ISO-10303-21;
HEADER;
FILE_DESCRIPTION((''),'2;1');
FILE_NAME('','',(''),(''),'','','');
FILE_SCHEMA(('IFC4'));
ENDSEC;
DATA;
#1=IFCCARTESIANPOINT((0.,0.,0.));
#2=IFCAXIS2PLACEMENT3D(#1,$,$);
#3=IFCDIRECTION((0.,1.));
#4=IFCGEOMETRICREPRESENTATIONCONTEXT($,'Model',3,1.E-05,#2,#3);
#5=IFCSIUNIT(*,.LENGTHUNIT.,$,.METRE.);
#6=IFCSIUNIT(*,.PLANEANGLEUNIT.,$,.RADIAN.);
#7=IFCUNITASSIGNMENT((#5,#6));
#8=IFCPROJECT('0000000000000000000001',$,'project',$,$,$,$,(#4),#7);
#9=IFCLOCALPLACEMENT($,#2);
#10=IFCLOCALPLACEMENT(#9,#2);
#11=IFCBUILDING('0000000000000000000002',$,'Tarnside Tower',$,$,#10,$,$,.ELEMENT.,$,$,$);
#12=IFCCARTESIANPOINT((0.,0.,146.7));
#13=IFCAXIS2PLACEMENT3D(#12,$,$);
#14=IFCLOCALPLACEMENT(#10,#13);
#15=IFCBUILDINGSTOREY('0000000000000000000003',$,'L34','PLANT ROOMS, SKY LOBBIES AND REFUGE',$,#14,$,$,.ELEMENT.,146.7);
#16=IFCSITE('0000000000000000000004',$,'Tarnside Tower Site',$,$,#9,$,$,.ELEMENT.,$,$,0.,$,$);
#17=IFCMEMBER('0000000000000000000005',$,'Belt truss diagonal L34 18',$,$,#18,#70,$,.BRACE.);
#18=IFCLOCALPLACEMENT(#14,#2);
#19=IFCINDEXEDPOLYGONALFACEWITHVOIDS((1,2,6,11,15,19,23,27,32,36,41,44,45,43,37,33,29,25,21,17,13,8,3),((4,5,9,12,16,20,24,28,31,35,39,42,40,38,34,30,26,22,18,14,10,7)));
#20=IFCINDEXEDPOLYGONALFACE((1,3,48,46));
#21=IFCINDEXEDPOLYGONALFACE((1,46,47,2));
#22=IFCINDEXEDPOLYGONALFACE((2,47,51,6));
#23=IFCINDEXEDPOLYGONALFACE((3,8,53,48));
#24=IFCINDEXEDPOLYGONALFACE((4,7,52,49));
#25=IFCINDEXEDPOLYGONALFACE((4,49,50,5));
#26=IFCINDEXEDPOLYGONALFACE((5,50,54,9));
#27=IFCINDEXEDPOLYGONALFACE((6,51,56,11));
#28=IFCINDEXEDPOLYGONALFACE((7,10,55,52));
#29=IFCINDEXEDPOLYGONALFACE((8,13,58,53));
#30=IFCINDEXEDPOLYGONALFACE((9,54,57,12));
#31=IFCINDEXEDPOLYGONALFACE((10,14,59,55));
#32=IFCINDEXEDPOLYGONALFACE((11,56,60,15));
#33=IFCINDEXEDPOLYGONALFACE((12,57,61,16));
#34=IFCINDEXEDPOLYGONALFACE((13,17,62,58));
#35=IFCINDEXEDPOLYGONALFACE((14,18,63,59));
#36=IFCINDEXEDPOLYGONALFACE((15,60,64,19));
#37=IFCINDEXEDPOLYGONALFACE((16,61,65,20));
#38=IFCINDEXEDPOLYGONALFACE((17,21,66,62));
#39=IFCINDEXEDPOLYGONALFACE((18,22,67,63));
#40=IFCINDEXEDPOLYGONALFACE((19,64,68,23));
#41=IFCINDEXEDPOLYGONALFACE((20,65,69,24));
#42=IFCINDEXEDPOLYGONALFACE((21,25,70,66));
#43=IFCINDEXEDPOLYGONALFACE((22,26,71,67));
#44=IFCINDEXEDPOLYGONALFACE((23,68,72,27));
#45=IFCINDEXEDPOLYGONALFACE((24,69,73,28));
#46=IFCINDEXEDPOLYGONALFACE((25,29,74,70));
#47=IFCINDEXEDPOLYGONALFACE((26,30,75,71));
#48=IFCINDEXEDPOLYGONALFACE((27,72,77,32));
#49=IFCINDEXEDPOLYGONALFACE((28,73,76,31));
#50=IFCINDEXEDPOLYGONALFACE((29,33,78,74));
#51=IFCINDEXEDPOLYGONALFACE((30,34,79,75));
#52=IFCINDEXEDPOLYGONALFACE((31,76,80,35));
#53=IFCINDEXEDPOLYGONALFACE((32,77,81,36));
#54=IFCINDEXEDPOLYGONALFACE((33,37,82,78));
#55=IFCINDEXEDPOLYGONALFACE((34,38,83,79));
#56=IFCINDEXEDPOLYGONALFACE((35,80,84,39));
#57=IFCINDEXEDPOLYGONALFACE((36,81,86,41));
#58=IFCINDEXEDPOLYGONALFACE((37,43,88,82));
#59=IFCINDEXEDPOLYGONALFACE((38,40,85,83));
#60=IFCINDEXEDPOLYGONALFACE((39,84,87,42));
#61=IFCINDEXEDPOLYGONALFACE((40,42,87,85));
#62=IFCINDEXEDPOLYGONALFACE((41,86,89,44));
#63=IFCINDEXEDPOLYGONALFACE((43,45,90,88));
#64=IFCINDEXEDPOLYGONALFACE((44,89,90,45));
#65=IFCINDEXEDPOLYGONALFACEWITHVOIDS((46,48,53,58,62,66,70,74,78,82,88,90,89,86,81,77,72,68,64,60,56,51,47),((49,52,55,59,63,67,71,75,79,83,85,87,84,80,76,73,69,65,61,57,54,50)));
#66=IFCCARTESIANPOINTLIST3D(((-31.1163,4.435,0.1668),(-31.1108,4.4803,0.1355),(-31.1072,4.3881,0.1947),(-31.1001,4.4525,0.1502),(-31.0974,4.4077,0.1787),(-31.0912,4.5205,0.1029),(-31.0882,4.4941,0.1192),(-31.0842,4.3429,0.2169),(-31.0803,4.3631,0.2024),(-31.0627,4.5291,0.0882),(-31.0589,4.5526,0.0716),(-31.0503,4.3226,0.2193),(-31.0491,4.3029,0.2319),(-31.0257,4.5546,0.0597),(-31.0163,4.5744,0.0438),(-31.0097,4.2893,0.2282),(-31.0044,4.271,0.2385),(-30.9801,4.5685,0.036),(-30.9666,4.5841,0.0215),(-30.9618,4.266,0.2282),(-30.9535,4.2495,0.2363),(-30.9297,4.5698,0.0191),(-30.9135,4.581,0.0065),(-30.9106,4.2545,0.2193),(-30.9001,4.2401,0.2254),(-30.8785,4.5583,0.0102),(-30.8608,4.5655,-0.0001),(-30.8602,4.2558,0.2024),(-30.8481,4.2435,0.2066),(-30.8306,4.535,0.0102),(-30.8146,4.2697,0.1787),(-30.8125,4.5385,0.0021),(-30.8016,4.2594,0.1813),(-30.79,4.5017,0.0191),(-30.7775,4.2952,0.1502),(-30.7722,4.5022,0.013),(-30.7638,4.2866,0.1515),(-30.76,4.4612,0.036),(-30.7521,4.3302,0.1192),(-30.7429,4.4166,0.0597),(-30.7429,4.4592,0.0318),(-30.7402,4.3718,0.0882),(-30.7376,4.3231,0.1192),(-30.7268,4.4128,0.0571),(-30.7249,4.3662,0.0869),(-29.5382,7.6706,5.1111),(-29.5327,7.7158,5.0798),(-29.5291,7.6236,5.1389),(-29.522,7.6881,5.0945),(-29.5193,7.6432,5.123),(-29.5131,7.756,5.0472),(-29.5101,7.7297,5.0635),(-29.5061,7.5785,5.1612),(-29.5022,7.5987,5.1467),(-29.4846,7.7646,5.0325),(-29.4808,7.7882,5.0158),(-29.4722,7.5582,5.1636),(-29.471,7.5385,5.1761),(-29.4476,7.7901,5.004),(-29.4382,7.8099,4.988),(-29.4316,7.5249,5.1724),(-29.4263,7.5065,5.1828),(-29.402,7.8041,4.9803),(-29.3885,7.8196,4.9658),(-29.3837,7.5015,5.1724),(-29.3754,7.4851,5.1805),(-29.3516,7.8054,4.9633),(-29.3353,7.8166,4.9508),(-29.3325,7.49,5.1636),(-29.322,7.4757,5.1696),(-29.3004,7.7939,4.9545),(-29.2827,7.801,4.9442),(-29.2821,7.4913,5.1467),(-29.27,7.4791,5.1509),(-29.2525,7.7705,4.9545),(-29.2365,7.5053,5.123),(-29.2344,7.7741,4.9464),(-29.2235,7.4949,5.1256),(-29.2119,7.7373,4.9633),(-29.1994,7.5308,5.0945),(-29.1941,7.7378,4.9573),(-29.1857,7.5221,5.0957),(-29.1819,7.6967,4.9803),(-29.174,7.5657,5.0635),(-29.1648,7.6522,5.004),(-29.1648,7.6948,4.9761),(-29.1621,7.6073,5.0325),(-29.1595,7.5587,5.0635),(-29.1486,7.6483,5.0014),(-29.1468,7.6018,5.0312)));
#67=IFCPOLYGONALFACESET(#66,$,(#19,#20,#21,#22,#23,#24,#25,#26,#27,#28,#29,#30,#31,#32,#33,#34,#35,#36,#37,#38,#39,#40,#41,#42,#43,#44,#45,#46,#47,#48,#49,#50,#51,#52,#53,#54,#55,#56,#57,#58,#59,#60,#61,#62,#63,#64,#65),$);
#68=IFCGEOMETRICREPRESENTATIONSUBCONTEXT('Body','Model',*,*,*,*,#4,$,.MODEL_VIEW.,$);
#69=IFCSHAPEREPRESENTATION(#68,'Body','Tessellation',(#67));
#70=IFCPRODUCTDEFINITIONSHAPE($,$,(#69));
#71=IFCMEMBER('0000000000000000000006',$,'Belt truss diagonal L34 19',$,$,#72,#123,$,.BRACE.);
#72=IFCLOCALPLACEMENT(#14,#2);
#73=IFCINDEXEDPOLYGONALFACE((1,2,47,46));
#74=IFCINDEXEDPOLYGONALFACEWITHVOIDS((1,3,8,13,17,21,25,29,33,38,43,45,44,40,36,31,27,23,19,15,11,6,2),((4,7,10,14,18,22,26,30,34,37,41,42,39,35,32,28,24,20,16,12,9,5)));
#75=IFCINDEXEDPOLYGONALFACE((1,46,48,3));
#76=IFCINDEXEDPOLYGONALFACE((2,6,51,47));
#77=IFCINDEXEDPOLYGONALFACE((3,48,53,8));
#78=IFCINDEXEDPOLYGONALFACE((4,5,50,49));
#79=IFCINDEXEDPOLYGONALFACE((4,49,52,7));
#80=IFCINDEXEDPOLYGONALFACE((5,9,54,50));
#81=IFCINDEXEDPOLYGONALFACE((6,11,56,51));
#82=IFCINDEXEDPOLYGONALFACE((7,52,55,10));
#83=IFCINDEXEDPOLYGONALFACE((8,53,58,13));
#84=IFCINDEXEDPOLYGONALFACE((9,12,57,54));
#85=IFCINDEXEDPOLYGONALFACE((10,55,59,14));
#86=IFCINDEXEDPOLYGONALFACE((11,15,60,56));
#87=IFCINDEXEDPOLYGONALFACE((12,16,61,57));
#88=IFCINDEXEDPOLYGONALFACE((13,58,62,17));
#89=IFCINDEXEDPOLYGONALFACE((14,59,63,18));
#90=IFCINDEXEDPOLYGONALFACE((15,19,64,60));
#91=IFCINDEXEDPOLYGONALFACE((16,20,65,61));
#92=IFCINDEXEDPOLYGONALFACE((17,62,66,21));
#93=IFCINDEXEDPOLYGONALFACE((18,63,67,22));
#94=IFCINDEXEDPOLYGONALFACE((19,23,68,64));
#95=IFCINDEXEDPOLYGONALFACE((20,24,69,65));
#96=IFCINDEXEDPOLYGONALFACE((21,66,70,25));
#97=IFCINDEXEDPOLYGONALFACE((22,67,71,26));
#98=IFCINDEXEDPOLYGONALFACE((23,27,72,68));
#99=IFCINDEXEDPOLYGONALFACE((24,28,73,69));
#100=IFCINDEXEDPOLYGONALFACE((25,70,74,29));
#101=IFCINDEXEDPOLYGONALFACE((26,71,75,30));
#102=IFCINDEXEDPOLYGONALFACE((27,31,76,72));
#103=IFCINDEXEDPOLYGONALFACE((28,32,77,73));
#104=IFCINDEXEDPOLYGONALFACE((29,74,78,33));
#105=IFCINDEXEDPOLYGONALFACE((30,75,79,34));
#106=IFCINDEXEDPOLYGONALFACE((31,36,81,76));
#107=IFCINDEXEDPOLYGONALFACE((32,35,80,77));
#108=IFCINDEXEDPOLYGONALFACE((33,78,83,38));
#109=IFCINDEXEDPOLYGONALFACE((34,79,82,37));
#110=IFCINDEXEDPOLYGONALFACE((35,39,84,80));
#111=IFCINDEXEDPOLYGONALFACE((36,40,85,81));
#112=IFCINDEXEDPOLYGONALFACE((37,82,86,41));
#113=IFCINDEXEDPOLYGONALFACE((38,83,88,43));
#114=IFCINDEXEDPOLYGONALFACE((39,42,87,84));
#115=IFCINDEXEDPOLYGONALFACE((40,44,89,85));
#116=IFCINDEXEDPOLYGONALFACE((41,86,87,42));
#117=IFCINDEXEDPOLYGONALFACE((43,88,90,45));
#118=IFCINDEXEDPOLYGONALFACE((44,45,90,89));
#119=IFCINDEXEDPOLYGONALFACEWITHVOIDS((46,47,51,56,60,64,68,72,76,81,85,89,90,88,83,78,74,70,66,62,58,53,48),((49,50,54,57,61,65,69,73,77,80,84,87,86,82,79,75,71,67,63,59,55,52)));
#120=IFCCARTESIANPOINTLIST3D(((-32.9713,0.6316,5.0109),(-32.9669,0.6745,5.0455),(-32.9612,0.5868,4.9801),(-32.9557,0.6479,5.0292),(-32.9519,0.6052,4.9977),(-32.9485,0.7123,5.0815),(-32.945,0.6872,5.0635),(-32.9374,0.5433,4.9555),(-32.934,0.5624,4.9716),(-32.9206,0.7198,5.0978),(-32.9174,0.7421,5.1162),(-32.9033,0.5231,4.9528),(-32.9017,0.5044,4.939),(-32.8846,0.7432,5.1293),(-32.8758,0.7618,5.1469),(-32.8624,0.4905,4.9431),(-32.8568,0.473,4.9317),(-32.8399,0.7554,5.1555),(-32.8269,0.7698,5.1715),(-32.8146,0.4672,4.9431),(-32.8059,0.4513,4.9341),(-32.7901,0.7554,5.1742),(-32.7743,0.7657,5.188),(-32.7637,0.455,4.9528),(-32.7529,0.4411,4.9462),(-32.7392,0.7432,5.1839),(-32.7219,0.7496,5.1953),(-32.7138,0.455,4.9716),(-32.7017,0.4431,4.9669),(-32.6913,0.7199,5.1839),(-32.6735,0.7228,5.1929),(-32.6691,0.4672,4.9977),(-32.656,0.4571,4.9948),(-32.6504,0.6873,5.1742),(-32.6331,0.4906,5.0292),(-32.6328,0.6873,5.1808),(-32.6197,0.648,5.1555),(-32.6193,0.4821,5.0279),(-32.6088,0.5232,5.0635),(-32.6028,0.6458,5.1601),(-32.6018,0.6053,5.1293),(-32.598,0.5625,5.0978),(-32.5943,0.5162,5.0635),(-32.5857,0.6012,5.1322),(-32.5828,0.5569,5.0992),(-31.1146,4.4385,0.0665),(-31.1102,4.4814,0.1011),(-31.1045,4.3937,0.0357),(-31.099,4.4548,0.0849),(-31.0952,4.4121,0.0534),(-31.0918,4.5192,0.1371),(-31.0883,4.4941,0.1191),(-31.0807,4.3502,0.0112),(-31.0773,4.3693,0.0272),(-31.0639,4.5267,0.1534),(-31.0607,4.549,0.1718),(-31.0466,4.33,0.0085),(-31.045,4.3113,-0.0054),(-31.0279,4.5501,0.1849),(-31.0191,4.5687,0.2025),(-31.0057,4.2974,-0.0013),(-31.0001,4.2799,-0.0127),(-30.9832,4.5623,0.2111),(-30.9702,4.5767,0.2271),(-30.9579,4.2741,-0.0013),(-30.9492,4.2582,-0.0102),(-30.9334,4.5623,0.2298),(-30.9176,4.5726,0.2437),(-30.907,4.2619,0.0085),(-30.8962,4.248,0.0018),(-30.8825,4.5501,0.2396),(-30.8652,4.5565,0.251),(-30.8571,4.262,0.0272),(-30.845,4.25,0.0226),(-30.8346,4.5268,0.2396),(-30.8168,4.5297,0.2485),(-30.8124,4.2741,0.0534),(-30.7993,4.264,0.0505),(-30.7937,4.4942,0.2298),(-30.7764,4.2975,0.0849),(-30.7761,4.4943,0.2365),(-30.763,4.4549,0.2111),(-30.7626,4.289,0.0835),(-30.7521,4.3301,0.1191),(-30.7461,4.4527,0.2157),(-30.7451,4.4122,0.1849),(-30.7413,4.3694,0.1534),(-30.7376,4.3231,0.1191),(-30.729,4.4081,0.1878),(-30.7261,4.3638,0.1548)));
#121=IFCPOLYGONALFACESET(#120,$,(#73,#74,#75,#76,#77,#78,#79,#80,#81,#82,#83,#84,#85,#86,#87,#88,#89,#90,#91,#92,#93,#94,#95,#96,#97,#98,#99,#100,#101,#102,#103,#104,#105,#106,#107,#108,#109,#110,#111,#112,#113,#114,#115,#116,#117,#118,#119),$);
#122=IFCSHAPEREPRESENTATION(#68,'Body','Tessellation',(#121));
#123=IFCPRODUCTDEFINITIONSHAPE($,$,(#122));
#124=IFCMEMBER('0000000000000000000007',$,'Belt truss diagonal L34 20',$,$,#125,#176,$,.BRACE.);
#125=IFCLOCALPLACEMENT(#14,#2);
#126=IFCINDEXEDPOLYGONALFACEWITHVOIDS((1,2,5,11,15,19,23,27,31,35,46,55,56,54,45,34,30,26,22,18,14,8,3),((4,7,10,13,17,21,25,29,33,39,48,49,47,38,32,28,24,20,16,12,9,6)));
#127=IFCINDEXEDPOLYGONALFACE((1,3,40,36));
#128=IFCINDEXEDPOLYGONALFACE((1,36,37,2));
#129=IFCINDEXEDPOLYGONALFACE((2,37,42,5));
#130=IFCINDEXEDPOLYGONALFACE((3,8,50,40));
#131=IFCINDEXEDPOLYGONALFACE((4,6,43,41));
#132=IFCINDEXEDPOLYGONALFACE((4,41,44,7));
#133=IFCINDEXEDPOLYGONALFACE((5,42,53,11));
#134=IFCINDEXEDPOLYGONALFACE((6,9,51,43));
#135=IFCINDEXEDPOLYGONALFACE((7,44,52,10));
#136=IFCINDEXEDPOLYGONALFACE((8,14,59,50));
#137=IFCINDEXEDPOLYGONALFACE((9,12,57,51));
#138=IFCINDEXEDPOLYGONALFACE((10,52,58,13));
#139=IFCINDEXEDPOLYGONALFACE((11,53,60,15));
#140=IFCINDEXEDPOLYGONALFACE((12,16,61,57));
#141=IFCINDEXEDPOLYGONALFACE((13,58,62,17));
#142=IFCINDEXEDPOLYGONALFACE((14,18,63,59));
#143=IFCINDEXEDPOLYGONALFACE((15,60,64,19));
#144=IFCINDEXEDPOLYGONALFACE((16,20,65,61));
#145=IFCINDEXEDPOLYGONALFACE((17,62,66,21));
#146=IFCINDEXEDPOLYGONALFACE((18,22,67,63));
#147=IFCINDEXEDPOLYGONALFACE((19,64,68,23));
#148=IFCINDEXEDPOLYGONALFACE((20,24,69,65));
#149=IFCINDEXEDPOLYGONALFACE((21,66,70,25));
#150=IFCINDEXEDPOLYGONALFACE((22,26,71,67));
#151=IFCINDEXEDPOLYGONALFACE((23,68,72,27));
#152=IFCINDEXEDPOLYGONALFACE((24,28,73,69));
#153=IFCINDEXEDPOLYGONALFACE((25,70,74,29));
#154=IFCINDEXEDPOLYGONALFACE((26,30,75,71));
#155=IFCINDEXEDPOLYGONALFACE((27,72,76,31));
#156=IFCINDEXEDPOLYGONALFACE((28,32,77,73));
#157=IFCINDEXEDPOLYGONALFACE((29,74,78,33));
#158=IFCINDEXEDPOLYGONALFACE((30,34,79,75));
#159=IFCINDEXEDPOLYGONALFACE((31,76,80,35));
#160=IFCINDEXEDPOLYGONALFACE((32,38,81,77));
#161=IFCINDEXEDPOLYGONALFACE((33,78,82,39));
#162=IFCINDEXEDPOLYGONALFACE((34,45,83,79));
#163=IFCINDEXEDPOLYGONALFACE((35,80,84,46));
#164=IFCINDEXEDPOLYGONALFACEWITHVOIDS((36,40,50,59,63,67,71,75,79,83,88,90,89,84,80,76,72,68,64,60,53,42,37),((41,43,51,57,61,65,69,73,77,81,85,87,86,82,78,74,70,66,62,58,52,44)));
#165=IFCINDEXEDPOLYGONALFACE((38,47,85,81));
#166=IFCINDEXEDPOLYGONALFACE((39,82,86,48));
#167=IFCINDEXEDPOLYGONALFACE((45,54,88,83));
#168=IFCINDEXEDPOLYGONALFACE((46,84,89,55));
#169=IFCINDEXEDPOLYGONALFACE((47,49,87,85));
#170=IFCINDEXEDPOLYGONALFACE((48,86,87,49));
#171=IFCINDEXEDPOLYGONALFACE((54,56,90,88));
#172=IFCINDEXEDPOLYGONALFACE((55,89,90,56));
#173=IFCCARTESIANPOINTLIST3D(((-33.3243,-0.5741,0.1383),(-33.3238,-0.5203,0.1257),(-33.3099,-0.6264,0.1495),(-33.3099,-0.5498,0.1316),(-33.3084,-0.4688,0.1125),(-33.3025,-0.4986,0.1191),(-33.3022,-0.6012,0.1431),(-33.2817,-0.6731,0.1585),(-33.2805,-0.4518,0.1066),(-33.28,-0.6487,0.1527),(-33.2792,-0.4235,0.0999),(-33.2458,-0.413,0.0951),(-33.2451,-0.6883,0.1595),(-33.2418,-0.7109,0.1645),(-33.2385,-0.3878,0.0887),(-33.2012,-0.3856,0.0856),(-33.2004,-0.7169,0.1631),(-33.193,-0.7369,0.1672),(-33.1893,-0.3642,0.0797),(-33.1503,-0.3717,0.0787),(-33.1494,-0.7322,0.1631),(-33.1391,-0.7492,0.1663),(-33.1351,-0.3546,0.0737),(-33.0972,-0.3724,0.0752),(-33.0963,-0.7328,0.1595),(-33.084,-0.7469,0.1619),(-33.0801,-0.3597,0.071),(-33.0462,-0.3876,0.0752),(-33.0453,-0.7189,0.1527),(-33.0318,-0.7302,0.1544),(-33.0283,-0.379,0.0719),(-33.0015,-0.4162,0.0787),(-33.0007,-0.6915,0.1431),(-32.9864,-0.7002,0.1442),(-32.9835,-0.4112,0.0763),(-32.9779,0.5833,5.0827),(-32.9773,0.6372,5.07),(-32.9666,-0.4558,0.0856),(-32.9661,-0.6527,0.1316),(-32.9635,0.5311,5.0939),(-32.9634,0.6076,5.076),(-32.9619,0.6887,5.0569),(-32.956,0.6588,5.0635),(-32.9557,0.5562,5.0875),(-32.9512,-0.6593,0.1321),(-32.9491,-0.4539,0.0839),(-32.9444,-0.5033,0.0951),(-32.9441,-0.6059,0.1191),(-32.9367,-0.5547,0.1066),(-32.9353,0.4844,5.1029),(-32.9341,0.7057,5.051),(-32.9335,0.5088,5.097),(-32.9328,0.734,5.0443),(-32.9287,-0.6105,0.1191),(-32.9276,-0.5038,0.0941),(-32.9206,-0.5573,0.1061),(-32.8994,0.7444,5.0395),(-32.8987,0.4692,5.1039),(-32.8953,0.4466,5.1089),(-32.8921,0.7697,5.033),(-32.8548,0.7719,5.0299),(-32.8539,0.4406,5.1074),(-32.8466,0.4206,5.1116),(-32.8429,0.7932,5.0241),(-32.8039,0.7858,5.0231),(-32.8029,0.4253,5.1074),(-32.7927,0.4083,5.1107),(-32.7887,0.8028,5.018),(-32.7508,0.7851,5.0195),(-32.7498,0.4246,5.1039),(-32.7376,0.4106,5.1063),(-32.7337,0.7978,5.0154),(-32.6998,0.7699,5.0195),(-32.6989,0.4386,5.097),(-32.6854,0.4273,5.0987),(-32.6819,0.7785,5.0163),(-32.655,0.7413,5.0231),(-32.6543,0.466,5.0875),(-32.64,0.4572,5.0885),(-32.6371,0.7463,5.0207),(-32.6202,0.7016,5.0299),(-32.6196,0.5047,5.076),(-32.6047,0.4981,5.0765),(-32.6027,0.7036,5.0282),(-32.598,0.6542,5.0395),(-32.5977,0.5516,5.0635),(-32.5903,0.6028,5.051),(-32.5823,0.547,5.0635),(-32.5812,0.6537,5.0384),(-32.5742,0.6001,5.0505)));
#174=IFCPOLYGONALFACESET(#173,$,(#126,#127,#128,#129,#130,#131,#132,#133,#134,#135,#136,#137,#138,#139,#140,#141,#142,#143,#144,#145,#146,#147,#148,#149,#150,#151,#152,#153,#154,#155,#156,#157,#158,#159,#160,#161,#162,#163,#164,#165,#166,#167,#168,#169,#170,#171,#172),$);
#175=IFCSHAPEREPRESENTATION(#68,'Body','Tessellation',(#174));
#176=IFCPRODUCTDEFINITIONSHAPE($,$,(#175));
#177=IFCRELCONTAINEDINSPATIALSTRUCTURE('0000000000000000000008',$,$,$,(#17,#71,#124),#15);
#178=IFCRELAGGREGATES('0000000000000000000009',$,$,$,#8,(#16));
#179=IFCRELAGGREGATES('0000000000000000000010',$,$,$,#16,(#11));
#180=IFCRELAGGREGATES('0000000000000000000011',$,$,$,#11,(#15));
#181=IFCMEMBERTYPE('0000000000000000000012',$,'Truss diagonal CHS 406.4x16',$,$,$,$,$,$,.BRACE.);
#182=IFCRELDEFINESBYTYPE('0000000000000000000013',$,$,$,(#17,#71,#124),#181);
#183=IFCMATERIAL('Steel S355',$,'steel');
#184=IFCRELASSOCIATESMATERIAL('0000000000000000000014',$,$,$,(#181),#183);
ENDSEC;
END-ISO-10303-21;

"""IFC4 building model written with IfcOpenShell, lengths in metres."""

from ifc_helpers import new_model, si_unit, direction, frame, origin, origin_2d, place, context, subcontext, project, spatial, hollow_circle, extrude, material, material_profile, profile_set, type_object, element, save


model = new_model("IFC4")

# Units and contexts
model_context = context("Model", 3, precision=1e-05, world=origin(), true_north=direction((0.0, 1.0)))
body_context = subcontext(model_context, "Body", "Model", "MODEL_VIEW")
ifc_project = project(units=[si_unit("LENGTHUNIT", "METRE"), si_unit("PLANEANGLEUNIT", "RADIAN")], contexts=[model_context])

# Site, building, storey
site_placement = place(None, origin())
site = spatial("IfcSite", under=ifc_project, at=site_placement, Name="Tarnside Tower Site", CompositionType="ELEMENT", RefElevation=0.0)
building_placement = place(site_placement, origin())
building = spatial("IfcBuilding", under=site, at=building_placement, Name="Tarnside Tower", CompositionType="ELEMENT")
storey_placement = place(building_placement, frame((0.0, 0.0, 146.7)))
storey = spatial("IfcBuildingStorey", under=building, at=storey_placement, Name="L34", Description="PLANT ROOMS, SKY LOBBIES AND REFUGE", CompositionType="ELEMENT", Elevation=146.7)

# Shared definitions
ifc_material_1 = material(Name="Steel S355", Category="steel")

# Members
ifc_material_profile_1 = material_profile(ifc_material_1, hollow_circle(Radius=0.2031, WallThickness=0.0161, at=origin_2d()), Name="CHS 406.4x16")
ifc_profile_set_1 = profile_set([ifc_material_profile_1], Name="Steel S355")
member_type_1 = type_object("IfcMemberType", Name="Truss diagonal CHS 406.4x16", PredefinedType="BRACE", material=ifc_profile_set_1)
member_1_placement = place(storey_placement, frame((-29.342, 7.6477, 5.0635), z_axis=(-0.25803, -0.529034, -0.80842), x_axis=(0.898792, -0.438376, 0.0)))
element("IfcMember", 1, at=member_1_placement, inside=storey, type_object=member_type_1, Name="Belt truss diagonal L34 18", PredefinedType="BRACE", context=body_context, shape_type="SweptSolid", body=[
    extrude(hollow_circle(Radius=0.2031, WallThickness=0.0161, at=origin_2d()), origin(), (0.0, 0.0, 1.0), 6.116),
])
member_2_placement = place(storey_placement, frame((-30.9202, 4.4121, 0.1191), z_axis=(-0.285185, -0.584733, 0.759445), x_axis=(0.898799, -0.438361, 0.0)))
element("IfcMember", 2, at=member_2_placement, inside=storey, type_object=member_type_1, Name="Belt truss diagonal L34 19", PredefinedType="BRACE", context=body_context, shape_type="SweptSolid", body=[
    extrude(hollow_circle(Radius=0.2031, WallThickness=0.0161, at=origin_2d()), origin(), (0.0, 0.0, 1.0), 6.5105),
])
member_3_placement = place(storey_placement, frame((-32.7769, 0.6052, 5.0635), z_axis=(-0.068064, -0.227409, -0.971418), x_axis=(0.95801, -0.286736, 0.0)))
element("IfcMember", 3, at=member_3_placement, inside=storey, type_object=member_type_1, Name="Belt truss diagonal L34 20", PredefinedType="BRACE", context=body_context, shape_type="SweptSolid", body=[
    extrude(hollow_circle(Radius=0.2031, WallThickness=0.0161, at=origin_2d()), origin(), (0.0, 0.0, 1.0), 5.0898),
])

save(model, "model.ifc")
